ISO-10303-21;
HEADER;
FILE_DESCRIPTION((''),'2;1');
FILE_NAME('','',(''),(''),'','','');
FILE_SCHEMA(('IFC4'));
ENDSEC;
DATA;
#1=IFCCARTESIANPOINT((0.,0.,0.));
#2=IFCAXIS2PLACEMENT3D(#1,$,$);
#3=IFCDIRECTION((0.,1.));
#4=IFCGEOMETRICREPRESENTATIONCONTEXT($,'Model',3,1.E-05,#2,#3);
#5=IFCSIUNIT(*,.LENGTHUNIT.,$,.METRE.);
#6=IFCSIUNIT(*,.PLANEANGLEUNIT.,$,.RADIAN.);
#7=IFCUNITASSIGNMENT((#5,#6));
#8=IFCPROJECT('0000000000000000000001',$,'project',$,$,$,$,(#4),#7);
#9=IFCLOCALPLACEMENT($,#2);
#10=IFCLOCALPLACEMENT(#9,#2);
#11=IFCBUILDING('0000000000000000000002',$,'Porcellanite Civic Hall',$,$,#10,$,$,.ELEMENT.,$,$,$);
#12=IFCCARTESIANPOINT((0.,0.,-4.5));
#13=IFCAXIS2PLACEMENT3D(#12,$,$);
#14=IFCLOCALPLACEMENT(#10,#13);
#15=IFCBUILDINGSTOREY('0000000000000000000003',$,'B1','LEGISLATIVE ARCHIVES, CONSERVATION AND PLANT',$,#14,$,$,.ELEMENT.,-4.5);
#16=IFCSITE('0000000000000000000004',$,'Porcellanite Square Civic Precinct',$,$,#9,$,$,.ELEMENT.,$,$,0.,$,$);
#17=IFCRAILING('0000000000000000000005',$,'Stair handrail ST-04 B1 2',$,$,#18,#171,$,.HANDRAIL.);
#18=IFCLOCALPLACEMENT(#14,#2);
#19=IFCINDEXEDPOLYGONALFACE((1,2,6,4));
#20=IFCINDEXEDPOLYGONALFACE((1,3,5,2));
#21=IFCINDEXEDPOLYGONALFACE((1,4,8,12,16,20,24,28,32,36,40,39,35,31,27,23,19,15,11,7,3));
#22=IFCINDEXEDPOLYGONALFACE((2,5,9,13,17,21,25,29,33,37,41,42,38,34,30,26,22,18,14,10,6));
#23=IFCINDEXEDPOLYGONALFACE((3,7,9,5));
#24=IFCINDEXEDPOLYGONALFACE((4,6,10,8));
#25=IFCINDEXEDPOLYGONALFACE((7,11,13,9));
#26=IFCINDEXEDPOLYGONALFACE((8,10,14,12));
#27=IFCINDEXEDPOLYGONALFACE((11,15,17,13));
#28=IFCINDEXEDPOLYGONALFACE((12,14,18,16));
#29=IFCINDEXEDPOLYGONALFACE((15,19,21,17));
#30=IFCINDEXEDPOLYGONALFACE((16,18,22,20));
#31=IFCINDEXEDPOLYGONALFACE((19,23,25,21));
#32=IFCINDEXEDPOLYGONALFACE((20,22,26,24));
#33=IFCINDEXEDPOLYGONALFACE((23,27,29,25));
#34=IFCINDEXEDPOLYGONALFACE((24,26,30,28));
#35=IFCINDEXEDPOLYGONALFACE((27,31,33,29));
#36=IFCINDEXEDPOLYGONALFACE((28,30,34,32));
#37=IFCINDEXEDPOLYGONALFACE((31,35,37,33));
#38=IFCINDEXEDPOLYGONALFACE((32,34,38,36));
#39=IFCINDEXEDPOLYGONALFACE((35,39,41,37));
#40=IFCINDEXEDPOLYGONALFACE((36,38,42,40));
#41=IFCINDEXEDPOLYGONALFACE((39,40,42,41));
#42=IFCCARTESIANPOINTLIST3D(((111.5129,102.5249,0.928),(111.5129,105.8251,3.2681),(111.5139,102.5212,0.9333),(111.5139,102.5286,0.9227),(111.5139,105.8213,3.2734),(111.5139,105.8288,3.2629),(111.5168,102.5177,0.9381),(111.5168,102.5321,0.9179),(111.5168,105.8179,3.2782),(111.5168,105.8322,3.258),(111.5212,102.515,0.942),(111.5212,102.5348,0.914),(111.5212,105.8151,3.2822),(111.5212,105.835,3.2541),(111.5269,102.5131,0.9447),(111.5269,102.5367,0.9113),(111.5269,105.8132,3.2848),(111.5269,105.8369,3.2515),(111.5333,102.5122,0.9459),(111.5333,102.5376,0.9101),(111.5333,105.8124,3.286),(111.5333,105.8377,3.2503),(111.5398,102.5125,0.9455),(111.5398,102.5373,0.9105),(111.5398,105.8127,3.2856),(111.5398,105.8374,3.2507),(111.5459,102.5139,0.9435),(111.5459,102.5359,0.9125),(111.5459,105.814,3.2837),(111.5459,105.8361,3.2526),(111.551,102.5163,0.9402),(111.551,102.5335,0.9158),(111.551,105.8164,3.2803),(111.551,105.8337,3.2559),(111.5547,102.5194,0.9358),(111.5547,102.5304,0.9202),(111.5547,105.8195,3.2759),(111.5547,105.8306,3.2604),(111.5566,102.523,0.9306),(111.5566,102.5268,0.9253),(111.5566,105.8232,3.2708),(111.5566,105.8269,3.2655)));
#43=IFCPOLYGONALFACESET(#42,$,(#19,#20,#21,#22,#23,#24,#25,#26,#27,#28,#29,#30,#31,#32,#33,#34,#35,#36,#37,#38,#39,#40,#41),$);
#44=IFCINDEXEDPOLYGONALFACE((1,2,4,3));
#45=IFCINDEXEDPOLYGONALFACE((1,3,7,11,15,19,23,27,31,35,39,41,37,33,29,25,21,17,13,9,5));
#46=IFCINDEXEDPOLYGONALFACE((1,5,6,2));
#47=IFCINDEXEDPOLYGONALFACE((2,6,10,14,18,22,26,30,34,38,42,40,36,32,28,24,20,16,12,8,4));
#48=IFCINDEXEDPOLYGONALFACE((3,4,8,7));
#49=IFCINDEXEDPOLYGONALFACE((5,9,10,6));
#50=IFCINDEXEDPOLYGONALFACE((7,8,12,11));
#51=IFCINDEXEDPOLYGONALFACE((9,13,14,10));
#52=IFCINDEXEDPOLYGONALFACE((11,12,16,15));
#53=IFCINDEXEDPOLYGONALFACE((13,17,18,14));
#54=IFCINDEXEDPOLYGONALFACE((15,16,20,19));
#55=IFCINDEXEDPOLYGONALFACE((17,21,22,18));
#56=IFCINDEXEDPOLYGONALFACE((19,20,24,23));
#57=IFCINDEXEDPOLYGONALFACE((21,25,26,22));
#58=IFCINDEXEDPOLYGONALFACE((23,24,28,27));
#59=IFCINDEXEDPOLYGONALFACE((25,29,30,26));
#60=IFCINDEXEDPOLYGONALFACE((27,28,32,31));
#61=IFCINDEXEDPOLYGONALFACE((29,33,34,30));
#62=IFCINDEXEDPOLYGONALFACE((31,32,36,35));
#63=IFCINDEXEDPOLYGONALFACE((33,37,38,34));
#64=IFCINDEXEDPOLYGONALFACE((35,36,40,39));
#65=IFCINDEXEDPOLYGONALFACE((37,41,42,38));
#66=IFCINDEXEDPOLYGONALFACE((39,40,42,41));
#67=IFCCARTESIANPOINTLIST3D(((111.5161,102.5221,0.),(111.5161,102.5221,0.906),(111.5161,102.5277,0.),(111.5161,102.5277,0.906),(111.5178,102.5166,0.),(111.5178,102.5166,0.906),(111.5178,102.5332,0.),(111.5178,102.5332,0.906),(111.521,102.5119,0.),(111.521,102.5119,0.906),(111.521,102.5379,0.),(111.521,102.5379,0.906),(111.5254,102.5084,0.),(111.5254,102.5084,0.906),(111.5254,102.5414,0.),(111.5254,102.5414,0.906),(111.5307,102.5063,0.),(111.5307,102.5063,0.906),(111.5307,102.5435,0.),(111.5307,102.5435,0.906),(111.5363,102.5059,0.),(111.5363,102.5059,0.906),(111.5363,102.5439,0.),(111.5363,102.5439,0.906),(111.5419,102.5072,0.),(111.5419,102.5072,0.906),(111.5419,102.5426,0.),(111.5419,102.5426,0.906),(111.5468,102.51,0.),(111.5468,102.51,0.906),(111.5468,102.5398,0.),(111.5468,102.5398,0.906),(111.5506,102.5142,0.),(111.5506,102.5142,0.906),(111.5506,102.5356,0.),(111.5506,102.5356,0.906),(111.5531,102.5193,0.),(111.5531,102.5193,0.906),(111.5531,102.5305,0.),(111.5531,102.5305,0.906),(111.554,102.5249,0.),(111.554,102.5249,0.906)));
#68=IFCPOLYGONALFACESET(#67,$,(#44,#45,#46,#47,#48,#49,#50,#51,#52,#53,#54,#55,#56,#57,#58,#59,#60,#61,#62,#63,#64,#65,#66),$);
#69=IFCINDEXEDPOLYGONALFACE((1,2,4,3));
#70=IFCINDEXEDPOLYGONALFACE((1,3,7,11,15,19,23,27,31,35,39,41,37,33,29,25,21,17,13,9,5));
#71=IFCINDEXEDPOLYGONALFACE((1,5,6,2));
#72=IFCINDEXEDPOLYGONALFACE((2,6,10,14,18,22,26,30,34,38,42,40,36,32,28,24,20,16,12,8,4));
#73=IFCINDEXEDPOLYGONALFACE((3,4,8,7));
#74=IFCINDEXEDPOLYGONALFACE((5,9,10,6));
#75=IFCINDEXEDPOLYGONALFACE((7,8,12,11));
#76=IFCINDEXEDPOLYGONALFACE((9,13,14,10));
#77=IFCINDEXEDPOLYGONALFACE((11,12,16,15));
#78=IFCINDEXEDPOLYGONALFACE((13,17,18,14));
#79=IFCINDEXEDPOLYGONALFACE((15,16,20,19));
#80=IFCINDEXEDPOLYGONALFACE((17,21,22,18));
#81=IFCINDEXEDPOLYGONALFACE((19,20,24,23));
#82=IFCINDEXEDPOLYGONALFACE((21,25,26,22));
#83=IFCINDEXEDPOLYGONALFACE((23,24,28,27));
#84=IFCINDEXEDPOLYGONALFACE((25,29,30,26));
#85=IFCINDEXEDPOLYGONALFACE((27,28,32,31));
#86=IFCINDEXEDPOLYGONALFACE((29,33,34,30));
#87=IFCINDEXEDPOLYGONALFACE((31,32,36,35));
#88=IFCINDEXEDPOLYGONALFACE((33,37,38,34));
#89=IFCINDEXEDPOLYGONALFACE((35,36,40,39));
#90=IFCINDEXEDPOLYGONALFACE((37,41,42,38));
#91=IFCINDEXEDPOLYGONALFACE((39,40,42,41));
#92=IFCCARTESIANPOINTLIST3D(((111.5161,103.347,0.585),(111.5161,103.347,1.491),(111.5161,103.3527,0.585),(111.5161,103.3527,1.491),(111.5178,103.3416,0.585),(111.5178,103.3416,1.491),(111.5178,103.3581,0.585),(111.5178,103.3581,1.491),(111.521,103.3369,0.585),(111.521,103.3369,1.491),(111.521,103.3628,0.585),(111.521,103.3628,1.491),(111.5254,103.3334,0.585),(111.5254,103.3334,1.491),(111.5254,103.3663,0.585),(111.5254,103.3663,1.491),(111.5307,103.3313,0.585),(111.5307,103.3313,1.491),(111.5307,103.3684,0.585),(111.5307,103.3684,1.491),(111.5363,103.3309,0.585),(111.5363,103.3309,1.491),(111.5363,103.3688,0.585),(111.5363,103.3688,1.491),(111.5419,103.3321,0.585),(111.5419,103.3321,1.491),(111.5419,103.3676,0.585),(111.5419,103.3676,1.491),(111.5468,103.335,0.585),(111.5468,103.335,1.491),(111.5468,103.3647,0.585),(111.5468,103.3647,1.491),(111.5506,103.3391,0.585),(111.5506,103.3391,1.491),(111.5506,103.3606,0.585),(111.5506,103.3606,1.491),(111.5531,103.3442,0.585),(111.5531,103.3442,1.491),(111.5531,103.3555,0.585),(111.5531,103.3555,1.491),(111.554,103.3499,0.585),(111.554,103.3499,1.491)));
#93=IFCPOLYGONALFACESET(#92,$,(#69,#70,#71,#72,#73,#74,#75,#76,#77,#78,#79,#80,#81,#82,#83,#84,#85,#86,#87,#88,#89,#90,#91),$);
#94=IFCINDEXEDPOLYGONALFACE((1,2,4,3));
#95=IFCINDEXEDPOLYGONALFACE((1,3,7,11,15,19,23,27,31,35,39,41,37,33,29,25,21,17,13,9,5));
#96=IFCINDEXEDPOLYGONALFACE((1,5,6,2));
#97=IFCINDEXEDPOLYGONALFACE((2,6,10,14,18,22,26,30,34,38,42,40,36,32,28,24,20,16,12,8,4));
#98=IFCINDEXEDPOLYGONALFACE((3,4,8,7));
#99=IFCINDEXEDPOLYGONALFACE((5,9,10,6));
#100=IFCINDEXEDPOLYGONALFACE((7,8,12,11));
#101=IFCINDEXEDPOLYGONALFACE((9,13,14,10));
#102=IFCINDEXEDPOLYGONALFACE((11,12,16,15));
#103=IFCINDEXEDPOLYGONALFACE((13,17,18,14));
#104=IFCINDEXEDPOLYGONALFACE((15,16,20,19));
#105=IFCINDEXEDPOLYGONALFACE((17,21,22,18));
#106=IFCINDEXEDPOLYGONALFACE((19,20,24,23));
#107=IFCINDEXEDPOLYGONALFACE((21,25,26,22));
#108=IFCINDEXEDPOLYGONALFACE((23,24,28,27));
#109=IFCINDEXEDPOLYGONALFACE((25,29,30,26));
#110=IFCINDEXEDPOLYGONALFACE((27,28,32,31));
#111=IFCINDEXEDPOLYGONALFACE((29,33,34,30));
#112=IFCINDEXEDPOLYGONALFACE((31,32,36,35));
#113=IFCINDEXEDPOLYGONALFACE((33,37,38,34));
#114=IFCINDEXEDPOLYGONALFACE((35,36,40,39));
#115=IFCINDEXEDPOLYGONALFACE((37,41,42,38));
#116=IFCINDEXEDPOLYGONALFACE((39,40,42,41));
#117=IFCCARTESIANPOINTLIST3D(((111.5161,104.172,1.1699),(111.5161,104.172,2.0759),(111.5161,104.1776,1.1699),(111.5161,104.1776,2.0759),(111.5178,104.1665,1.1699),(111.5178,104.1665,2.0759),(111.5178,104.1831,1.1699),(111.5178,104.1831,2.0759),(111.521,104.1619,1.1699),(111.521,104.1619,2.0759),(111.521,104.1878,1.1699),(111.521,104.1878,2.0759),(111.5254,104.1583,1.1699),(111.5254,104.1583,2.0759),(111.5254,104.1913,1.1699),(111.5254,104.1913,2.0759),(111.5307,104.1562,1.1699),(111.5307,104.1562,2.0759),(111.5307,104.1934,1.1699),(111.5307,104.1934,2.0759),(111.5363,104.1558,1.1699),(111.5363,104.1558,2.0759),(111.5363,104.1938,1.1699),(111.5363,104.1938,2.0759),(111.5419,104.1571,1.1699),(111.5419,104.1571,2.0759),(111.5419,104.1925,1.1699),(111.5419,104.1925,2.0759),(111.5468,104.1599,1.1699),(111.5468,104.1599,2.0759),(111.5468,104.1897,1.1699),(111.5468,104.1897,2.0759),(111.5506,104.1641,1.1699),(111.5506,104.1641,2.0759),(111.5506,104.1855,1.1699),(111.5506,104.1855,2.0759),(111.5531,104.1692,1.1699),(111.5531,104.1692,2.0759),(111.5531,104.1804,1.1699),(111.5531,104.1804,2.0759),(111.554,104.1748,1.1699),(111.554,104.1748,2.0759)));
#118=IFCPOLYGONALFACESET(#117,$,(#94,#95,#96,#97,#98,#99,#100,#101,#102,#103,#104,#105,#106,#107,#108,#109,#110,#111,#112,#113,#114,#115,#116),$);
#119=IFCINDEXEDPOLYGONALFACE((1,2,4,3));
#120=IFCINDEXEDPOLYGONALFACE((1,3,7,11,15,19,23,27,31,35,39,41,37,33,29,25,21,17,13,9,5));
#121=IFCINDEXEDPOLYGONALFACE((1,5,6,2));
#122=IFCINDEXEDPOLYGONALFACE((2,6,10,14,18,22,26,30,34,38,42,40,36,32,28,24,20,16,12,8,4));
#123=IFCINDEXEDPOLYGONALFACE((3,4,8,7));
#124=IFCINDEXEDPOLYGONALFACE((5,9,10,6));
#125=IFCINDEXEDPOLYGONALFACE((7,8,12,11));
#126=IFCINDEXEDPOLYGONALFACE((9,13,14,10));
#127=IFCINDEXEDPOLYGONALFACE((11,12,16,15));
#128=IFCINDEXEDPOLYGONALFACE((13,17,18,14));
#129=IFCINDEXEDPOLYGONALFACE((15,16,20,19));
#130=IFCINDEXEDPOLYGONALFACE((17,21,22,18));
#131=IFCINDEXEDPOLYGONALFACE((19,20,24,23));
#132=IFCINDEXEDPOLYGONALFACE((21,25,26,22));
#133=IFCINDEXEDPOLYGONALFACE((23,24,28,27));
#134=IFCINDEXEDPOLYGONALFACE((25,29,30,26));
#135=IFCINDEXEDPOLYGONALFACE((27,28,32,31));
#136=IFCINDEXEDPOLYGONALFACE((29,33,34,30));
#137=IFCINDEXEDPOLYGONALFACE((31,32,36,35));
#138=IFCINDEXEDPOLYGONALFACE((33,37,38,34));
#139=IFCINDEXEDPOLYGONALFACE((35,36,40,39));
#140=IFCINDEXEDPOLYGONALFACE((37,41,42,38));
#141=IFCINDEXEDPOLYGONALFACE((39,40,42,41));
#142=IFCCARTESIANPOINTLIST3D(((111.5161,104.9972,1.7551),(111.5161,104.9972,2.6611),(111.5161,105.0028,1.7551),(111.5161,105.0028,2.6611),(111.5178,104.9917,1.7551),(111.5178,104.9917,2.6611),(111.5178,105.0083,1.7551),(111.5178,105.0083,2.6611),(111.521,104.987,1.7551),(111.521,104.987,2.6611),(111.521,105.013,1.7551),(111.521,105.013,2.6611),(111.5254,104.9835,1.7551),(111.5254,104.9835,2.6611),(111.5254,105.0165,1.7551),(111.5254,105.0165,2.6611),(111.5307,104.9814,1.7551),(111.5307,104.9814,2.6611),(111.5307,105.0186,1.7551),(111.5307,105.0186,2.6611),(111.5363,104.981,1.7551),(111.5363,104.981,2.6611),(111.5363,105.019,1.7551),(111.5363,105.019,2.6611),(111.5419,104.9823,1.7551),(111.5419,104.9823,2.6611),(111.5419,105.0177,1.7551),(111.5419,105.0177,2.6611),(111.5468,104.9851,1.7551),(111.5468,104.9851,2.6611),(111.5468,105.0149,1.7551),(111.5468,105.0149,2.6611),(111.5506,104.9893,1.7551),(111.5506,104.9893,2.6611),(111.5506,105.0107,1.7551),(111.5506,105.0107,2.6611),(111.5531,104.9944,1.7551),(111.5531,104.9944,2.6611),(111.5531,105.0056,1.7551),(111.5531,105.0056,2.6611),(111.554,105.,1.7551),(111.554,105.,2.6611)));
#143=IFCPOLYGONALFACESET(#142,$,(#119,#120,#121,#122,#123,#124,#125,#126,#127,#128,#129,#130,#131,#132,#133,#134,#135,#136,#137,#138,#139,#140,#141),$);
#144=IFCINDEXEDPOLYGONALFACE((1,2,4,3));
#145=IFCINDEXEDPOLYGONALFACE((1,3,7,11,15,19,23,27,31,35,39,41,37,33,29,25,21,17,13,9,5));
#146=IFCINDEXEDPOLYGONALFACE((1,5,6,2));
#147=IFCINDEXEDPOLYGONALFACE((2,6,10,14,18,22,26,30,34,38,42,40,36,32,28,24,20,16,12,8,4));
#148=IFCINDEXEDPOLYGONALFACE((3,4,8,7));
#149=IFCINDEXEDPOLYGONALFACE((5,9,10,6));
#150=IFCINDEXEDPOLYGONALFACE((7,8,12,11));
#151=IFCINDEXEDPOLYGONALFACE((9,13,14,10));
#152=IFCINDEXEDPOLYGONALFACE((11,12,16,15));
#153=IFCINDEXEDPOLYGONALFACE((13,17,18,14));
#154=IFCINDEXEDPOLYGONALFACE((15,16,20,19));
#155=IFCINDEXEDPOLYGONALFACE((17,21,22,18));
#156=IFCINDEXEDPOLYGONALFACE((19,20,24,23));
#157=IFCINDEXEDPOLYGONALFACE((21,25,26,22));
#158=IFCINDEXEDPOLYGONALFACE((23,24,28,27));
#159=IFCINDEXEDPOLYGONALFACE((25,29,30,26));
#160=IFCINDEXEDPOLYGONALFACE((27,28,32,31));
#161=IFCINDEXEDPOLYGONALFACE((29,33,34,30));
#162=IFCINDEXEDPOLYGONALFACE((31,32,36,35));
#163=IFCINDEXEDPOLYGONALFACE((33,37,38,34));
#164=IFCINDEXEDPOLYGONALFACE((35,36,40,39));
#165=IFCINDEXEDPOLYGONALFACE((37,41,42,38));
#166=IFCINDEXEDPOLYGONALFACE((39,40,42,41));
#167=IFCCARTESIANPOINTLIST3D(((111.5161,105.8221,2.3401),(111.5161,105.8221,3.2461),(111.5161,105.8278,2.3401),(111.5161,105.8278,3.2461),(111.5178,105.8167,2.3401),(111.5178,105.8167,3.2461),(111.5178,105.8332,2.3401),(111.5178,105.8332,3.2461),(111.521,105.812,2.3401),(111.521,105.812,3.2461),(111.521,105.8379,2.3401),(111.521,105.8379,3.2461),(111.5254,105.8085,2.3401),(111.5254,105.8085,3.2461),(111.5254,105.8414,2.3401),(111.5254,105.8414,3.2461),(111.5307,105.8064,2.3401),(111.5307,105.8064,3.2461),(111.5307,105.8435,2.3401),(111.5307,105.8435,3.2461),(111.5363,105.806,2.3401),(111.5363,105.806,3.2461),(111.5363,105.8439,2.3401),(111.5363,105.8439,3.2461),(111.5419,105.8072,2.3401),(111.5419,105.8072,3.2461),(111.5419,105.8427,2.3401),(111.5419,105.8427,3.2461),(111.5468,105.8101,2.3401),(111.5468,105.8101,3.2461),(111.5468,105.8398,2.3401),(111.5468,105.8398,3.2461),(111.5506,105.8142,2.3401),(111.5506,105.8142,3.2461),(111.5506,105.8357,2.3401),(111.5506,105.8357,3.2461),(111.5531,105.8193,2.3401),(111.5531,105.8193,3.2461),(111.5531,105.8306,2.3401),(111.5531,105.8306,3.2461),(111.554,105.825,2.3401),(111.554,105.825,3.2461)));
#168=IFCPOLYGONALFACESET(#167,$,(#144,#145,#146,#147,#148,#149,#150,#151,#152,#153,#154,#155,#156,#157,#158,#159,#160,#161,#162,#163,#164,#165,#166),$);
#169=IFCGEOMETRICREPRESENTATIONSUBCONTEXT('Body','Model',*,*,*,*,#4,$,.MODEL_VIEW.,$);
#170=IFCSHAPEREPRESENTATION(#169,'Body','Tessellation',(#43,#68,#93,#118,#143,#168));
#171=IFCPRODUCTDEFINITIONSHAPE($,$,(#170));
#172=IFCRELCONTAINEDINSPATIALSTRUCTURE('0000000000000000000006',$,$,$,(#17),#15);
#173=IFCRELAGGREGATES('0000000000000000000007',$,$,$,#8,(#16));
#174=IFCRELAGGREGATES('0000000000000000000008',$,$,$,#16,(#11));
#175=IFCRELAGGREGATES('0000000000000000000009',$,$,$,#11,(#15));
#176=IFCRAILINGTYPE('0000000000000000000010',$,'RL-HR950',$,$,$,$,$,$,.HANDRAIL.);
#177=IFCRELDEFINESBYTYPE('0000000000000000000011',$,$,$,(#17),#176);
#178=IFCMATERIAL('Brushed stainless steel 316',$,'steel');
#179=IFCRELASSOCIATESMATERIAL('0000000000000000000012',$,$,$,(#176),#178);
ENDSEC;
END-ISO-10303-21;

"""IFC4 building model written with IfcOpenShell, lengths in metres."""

from ifc_helpers import new_model, si_unit, direction, frame, origin, origin_2d, place, context, subcontext, project, spatial, circle, extrude, material, type_object, element, save


model = new_model("IFC4")

# Units and contexts
model_context = context("Model", 3, precision=1e-05, world=origin(), true_north=direction((0.0, 1.0)))
body_context = subcontext(model_context, "Body", "Model", "MODEL_VIEW")
ifc_project = project(units=[si_unit("LENGTHUNIT", "METRE"), si_unit("PLANEANGLEUNIT", "RADIAN")], contexts=[model_context])

# Site, building, storey
site_placement = place(None, origin())
site = spatial("IfcSite", under=ifc_project, at=site_placement, Name="Porcellanite Square Civic Precinct", CompositionType="ELEMENT", RefElevation=0.0)
building_placement = place(site_placement, origin())
building = spatial("IfcBuilding", under=site, at=building_placement, Name="Porcellanite Civic Hall", CompositionType="ELEMENT")
storey_placement = place(building_placement, frame((0.0, 0.0, -4.5)))
storey = spatial("IfcBuildingStorey", under=building, at=storey_placement, Name="B1", Description="LEGISLATIVE ARCHIVES, CONSERVATION AND PLANT", CompositionType="ELEMENT", Elevation=-4.5)

# Railing
ifc_material_1 = material(Name="Brushed stainless steel 316", Category="steel")
railing_type_1 = type_object("IfcRailingType", Name="RL-HR950", PredefinedType="HANDRAIL", material=ifc_material_1)
railing_1_placement = place(storey_placement, frame((111.5349, 102.5249, 0.0)))
element("IfcRailing", 1, at=railing_1_placement, inside=storey, type_object=railing_type_1, Name="Stair handrail ST-04 B1 2", PredefinedType="HANDRAIL", context=body_context, shape_type="SweptSolid", body=[
    extrude(circle(Radius=0.022, at=origin_2d()), frame((0.0, 0.0, 0.928), z_axis=(0.0, 0.815727, 0.578438), x_axis=(-1.0, 0.0, 0.0)), (0.0, 0.0, 1.0), 4.0457),
    extrude(circle(Radius=0.019, at=origin_2d()), origin(), (0.0, 0.0, 1.0), 0.906),
    extrude(circle(Radius=0.019, at=origin_2d()), frame((0.0, 0.825, 0.585)), (0.0, 0.0, 1.0), 0.906),
    extrude(circle(Radius=0.019, at=origin_2d()), frame((0.0, 1.6499, 1.1699)), (0.0, 0.0, 1.0), 0.906),
    extrude(circle(Radius=0.019, at=origin_2d()), frame((0.0, 2.4751, 1.7551)), (0.0, 0.0, 1.0), 0.906),
    extrude(circle(Radius=0.019, at=origin_2d()), frame((0.0, 3.3, 2.3401)), (0.0, 0.0, 1.0), 0.906),
])

save(model, "model.ifc")
